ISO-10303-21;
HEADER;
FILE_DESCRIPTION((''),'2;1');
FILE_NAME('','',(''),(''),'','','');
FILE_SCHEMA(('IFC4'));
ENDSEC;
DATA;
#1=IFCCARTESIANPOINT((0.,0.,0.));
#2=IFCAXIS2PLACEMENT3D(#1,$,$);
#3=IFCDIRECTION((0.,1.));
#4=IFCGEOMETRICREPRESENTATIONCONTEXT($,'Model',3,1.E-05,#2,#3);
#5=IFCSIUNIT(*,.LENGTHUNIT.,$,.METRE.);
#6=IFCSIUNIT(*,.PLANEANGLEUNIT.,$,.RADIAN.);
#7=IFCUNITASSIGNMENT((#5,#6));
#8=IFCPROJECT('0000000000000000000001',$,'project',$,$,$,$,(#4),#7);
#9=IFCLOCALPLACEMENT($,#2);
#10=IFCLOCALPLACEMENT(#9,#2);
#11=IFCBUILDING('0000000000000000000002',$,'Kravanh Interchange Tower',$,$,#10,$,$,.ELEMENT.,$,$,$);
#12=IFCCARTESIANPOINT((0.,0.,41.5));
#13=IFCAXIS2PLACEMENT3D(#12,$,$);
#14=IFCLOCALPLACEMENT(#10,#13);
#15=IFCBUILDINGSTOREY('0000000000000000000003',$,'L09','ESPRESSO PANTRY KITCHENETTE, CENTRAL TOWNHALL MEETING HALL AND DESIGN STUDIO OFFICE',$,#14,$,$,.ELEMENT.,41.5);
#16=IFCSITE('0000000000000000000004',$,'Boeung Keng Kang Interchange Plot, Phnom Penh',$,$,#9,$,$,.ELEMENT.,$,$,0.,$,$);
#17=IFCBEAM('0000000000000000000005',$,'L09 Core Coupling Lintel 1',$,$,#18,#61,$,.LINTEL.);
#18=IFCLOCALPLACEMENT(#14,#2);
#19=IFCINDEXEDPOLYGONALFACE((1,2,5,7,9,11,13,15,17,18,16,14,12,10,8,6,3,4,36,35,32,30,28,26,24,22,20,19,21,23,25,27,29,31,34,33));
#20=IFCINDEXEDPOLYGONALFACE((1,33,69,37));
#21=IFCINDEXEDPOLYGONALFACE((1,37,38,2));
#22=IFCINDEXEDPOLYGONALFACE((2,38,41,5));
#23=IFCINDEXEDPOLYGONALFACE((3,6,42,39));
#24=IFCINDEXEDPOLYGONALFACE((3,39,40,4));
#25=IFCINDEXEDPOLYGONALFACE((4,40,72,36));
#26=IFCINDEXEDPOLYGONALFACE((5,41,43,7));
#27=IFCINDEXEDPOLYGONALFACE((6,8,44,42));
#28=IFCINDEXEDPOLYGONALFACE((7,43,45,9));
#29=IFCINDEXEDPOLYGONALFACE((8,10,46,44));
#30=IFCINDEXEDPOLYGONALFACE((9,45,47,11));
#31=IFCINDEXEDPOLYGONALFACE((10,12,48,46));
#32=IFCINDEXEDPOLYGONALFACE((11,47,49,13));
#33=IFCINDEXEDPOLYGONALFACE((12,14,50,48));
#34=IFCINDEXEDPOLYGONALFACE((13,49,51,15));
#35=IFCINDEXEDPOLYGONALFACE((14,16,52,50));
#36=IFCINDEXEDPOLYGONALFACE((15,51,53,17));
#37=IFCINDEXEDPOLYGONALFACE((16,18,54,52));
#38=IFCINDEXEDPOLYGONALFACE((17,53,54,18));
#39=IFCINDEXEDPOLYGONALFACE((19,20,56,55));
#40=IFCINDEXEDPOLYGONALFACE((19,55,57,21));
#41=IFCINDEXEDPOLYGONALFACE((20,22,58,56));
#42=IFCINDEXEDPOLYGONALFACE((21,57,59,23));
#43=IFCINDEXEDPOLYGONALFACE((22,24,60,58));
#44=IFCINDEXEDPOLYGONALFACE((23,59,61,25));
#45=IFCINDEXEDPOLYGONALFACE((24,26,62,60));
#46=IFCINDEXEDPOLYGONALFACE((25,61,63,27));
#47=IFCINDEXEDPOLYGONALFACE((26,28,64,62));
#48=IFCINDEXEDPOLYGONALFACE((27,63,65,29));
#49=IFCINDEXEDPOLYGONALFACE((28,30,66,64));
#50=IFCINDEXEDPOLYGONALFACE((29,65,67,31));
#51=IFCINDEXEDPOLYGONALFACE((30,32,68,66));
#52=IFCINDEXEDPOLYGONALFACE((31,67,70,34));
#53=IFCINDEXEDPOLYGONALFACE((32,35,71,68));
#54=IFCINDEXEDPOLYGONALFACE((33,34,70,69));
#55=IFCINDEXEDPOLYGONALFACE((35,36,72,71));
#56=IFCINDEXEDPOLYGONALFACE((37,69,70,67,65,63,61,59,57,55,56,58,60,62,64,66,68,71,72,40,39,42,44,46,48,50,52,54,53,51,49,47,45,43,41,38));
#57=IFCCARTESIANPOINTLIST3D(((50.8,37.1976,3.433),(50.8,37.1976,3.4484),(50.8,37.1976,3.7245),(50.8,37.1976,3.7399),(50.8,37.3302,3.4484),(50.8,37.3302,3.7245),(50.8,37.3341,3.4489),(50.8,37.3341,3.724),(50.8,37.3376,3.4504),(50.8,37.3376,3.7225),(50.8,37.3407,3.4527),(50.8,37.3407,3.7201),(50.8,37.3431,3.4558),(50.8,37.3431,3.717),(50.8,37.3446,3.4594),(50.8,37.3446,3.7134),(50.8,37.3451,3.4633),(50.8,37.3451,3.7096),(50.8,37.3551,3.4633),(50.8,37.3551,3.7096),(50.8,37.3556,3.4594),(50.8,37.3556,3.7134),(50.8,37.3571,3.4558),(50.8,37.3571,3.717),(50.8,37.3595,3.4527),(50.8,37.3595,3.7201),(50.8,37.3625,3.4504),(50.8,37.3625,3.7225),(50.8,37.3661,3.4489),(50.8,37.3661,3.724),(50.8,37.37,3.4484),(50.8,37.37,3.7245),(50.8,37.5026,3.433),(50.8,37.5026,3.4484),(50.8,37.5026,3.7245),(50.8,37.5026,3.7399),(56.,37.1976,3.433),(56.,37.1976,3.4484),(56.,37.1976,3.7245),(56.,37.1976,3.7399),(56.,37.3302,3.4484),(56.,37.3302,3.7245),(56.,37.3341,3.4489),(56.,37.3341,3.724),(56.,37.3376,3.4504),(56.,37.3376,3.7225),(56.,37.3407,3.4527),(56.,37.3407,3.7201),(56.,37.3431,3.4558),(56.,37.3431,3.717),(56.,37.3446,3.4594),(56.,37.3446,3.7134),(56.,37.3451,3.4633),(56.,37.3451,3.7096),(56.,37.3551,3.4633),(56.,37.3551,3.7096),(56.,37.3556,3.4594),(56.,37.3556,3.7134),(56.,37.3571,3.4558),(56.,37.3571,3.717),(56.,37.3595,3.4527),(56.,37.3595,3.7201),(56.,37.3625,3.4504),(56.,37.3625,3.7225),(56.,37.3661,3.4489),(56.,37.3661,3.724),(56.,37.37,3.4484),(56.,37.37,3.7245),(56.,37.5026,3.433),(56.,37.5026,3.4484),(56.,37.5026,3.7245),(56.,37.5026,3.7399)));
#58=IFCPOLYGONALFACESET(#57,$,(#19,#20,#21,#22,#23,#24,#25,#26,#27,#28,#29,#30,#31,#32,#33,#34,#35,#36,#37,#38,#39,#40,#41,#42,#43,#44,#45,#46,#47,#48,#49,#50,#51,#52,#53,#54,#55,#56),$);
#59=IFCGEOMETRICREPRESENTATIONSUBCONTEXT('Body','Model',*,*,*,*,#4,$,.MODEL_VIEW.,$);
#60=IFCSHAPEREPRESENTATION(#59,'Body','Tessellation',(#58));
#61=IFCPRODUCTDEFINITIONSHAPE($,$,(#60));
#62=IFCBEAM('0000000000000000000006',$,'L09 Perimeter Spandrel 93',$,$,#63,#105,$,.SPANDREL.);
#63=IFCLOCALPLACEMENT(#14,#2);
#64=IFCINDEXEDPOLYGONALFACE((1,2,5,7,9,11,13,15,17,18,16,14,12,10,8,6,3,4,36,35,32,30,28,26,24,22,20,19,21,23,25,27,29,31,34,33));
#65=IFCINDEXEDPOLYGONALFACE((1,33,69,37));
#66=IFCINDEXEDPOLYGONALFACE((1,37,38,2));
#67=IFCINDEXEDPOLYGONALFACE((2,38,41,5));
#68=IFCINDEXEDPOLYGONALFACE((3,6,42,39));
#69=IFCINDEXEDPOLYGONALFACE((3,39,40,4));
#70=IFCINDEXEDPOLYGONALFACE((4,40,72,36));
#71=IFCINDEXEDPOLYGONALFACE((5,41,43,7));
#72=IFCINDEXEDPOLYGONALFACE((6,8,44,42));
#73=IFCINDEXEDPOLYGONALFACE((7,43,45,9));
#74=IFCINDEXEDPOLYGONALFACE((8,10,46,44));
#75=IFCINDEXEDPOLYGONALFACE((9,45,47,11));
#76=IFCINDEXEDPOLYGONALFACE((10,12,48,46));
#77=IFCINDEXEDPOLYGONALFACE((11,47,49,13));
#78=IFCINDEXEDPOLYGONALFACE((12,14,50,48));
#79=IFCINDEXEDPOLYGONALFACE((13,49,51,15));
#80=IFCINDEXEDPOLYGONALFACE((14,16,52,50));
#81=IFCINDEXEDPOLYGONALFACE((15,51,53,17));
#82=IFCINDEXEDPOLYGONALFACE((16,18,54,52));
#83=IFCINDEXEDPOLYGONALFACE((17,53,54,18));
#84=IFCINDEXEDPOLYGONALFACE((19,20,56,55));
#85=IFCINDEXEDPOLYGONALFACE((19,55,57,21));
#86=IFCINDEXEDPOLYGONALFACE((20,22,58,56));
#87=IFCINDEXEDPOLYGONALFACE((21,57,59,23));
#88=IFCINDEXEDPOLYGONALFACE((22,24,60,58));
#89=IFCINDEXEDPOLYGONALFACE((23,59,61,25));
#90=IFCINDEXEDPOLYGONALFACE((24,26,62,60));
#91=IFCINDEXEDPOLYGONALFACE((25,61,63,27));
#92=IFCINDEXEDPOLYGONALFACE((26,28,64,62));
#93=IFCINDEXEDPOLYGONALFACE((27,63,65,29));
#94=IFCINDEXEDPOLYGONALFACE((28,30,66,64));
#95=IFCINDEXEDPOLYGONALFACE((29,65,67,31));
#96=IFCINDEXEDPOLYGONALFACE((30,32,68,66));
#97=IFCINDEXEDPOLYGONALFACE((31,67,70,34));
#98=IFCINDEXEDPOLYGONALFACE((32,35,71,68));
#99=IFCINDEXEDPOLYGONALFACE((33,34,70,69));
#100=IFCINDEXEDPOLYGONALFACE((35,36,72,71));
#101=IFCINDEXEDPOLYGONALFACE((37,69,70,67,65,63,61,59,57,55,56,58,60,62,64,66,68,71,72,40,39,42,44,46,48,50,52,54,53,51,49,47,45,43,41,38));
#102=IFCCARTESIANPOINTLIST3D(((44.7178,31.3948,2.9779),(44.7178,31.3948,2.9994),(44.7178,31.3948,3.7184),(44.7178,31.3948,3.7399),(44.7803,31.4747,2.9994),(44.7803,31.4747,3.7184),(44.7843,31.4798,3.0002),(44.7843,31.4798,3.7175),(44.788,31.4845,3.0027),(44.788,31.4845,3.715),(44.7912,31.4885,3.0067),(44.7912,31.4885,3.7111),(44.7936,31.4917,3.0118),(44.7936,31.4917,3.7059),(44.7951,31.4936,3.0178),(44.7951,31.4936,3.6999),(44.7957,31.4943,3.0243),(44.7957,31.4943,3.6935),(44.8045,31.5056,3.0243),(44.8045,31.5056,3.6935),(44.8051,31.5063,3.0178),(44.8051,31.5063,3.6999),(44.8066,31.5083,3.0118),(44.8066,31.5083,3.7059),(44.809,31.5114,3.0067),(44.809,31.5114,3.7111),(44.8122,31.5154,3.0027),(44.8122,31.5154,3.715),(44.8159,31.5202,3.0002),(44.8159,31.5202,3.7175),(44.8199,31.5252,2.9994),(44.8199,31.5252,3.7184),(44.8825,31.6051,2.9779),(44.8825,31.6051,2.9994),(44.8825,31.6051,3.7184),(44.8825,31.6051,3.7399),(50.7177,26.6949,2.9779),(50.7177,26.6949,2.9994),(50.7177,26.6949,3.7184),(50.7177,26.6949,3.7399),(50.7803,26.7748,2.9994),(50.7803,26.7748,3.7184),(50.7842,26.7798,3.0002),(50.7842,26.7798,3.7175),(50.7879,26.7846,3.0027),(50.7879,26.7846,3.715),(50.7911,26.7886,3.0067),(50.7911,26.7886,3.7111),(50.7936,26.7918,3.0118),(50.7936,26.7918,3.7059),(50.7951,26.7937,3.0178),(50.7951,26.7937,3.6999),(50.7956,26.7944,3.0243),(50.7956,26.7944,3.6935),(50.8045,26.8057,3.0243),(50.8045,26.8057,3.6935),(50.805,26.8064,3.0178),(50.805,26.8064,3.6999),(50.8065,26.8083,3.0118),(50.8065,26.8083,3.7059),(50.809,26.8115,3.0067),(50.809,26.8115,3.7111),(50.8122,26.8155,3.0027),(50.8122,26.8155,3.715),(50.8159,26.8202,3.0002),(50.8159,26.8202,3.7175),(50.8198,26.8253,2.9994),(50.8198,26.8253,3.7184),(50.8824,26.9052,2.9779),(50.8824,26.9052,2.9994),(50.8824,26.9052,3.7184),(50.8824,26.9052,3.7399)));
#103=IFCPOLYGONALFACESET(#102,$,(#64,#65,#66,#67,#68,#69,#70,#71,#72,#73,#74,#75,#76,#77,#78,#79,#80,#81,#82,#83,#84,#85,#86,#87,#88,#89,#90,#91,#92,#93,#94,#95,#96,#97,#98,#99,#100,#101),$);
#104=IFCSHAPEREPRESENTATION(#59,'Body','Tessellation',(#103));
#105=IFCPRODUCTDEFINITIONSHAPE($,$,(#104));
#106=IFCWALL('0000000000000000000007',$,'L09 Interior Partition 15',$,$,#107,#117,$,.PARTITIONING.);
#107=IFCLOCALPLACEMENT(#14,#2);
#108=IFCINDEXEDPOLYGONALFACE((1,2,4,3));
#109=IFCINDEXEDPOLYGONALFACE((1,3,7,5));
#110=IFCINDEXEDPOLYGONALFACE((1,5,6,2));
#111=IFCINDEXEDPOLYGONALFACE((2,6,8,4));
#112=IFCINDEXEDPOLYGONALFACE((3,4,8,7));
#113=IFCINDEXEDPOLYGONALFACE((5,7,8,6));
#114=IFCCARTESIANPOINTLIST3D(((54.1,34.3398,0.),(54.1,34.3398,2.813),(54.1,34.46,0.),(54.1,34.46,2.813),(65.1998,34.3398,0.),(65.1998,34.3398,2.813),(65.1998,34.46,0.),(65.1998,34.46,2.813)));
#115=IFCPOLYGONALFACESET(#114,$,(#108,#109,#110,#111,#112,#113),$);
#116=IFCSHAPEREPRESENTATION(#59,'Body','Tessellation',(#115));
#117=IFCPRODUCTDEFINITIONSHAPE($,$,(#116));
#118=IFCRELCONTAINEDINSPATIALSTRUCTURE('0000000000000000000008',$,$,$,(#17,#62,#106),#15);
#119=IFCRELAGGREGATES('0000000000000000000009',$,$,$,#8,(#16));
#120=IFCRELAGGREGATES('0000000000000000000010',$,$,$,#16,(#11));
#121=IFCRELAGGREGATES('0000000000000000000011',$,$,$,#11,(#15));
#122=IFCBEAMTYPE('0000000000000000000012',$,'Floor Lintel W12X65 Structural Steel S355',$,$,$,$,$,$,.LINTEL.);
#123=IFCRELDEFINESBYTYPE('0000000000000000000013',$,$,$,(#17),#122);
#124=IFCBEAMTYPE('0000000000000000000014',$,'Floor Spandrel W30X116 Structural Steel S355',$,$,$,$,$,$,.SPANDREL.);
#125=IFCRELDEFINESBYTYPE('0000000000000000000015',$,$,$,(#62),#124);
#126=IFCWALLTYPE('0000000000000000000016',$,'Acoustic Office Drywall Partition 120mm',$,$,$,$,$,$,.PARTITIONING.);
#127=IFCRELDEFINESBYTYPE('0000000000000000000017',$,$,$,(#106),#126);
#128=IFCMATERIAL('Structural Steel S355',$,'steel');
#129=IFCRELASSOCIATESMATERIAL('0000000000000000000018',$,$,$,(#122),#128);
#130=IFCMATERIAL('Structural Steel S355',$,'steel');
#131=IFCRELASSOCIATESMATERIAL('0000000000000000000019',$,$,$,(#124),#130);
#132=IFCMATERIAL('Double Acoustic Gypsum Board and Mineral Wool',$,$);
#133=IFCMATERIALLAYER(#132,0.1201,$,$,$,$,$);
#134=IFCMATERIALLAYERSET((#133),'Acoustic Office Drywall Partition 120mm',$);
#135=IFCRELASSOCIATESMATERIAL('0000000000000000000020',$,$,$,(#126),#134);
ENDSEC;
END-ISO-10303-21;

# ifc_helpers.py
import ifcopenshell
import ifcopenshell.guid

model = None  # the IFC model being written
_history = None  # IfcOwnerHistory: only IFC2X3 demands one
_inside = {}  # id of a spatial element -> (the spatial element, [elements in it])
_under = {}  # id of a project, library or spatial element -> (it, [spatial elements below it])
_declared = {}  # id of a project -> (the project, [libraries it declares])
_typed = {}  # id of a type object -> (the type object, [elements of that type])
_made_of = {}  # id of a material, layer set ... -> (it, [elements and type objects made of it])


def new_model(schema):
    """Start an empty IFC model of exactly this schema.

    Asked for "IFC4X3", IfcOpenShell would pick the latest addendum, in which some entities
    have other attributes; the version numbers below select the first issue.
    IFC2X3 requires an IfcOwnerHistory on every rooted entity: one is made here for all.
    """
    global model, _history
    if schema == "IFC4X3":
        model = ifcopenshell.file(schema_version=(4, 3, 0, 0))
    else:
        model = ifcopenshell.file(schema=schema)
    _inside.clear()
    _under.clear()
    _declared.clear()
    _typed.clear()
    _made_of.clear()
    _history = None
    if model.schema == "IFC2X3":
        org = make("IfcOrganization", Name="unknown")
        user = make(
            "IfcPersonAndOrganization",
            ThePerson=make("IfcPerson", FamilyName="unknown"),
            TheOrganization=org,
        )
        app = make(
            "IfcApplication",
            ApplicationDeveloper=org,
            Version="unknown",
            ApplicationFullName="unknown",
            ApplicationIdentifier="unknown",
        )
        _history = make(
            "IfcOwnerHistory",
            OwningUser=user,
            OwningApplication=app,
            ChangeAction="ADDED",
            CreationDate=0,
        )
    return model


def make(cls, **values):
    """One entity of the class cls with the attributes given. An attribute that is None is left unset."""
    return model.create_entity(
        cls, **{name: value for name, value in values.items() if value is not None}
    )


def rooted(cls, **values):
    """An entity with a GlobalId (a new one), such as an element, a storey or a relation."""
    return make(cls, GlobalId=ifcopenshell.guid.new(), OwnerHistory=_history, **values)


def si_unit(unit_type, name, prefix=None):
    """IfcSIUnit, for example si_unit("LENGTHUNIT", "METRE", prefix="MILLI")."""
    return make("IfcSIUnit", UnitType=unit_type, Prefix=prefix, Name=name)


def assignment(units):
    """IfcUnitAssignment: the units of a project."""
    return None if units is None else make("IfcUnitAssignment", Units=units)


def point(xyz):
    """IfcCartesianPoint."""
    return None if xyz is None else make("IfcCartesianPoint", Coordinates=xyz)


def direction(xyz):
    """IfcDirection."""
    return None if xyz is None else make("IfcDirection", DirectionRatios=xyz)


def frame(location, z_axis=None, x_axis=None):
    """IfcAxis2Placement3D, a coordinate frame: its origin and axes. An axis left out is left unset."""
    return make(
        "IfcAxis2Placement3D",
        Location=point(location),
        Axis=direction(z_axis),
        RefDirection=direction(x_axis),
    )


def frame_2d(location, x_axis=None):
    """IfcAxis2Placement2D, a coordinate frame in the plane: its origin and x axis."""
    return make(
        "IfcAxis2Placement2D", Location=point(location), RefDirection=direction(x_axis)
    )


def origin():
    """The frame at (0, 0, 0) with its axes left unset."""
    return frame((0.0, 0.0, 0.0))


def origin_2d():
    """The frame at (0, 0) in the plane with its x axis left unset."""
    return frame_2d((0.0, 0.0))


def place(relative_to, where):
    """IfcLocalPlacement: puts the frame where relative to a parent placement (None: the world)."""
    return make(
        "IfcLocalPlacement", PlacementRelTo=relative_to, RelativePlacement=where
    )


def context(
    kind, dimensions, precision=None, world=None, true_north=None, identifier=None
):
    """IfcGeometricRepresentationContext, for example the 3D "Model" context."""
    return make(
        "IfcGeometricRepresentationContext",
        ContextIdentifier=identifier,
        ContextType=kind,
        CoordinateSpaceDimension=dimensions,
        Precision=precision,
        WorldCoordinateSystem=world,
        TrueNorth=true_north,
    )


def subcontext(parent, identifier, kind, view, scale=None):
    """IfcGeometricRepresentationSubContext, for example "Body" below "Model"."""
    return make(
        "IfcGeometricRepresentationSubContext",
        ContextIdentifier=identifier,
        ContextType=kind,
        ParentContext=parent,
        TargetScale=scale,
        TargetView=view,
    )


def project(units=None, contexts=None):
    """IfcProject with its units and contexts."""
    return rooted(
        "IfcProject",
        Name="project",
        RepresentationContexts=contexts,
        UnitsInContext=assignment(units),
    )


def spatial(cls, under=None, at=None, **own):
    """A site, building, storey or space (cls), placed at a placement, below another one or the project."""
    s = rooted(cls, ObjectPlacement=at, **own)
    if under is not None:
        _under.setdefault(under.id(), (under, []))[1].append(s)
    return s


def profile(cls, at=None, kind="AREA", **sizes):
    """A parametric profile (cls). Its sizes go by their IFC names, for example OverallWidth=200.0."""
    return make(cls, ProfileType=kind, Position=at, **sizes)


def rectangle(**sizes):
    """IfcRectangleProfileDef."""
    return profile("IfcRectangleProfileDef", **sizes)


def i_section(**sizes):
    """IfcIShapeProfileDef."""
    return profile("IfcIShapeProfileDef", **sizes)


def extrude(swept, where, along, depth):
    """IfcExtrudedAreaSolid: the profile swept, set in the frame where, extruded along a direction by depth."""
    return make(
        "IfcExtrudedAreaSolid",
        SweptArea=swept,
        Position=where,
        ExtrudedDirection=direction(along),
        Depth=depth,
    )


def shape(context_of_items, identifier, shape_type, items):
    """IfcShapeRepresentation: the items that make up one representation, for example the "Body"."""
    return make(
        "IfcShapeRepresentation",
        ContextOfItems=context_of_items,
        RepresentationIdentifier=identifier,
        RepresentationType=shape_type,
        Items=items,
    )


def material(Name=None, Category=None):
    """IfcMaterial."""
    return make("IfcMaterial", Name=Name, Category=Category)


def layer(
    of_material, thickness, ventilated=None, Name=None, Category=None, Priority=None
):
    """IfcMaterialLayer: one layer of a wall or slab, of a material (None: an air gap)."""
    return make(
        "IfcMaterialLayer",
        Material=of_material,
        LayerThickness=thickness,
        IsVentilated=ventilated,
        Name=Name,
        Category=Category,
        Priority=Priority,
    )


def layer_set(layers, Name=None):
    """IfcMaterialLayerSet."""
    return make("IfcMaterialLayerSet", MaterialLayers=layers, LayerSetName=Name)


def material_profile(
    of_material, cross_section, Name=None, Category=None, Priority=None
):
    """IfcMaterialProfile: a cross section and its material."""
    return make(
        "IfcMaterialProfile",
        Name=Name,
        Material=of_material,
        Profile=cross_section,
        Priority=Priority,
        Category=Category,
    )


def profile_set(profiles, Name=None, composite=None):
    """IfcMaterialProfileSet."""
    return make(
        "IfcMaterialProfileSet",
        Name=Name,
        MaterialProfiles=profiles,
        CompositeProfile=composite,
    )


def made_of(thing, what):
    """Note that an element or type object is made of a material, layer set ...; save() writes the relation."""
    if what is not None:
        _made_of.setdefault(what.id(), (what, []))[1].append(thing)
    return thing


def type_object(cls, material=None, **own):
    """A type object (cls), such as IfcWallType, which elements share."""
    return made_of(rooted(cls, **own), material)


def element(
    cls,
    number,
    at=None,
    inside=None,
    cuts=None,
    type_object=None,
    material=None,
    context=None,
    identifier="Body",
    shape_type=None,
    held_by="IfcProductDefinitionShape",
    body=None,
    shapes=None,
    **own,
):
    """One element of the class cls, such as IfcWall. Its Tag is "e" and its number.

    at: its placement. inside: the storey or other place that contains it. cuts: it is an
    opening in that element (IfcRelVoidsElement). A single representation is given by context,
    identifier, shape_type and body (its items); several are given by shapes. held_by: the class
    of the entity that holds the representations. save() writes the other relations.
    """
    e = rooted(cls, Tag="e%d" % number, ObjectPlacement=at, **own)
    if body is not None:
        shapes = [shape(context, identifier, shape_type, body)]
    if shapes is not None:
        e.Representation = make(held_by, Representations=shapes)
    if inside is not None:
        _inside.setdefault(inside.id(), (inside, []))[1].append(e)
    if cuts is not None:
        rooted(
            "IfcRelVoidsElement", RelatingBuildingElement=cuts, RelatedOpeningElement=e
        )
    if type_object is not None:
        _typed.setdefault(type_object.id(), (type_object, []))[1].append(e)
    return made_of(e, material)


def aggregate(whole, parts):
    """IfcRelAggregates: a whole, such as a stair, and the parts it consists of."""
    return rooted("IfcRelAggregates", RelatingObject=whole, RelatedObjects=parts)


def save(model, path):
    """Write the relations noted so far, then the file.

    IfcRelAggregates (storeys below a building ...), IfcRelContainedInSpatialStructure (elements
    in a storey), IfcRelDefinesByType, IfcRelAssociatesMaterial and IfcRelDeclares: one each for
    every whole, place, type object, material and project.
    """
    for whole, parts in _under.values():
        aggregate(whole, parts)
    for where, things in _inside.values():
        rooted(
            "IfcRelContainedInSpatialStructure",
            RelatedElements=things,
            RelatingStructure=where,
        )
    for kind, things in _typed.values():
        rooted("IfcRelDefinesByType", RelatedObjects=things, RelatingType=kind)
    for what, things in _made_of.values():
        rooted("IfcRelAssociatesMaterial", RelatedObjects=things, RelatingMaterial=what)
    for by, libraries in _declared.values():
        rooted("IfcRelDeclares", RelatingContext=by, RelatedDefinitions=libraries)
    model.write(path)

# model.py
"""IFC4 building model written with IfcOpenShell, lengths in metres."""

from ifc_helpers import new_model, si_unit, direction, frame, frame_2d, origin, origin_2d, place, context, subcontext, project, spatial, rectangle, i_section, extrude, material, layer, layer_set, material_profile, profile_set, type_object, element, save


model = new_model("IFC4")

# Units and contexts
model_context = context("Model", 3, precision=1e-05, world=origin(), true_north=direction((0.0, 1.0)))
body_context = subcontext(model_context, "Body", "Model", "MODEL_VIEW")
ifc_project = project(units=[si_unit("LENGTHUNIT", "METRE"), si_unit("PLANEANGLEUNIT", "RADIAN")], contexts=[model_context])

# Site, building, storey
site_placement = place(None, origin())
site = spatial("IfcSite", under=ifc_project, at=site_placement, Name="Boeung Keng Kang Interchange Plot, Phnom Penh", CompositionType="ELEMENT", RefElevation=0.0)
building_placement = place(site_placement, origin())
building = spatial("IfcBuilding", under=site, at=building_placement, Name="Kravanh Interchange Tower", CompositionType="ELEMENT")
storey_placement = place(building_placement, frame((0.0, 0.0, 41.5)))
storey = spatial("IfcBuildingStorey", under=building, at=storey_placement, Name="L09", Description="ESPRESSO PANTRY KITCHENETTE, CENTRAL TOWNHALL MEETING HALL AND DESIGN STUDIO OFFICE", CompositionType="ELEMENT", Elevation=41.5)

# Beams
ifc_material_1 = material(Name="Structural Steel S355", Category="steel")
ifc_material_profile_1 = material_profile(ifc_material_1, i_section(OverallWidth=0.3049, OverallDepth=0.3069, WebThickness=0.01, FlangeThickness=0.0154, FilletRadius=0.0149, at=origin_2d()), Name="W12X65")
ifc_profile_set_1 = profile_set([ifc_material_profile_1], Name="Structural Steel S355")
beam_type_1 = type_object("IfcBeamType", Name="Floor Lintel W12X65 Structural Steel S355", PredefinedType="LINTEL", material=ifc_profile_set_1)
beam_1_placement = place(storey_placement, frame((50.8, 37.3501, 3.5864), z_axis=(1.0, 0.0, 0.0), x_axis=(0.0, 1.0, 0.0)))
element("IfcBeam", 1, at=beam_1_placement, inside=storey, type_object=beam_type_1, Name="L09 Core Coupling Lintel 1", PredefinedType="LINTEL", context=body_context, shape_type="SweptSolid", body=[
    extrude(i_section(OverallWidth=0.3049, OverallDepth=0.3069, WebThickness=0.01, FlangeThickness=0.0154, FilletRadius=0.0149, at=origin_2d()), origin(), (0.0, 0.0, 1.0), 5.2),
])
ifc_material_2 = material(Name="Structural Steel S355", Category="steel")
ifc_material_profile_2 = material_profile(ifc_material_2, i_section(OverallWidth=0.2671, OverallDepth=0.762, WebThickness=0.0144, FlangeThickness=0.0215, FilletRadius=0.0249, at=origin_2d()), Name="W30X116")
ifc_profile_set_2 = profile_set([ifc_material_profile_2], Name="Structural Steel S355")
beam_type_2 = type_object("IfcBeamType", Name="Floor Spandrel W30X116 Structural Steel S355", PredefinedType="SPANDREL", material=ifc_profile_set_2)
beam_2_placement = place(storey_placement, frame((50.8, 26.8, 3.3589), z_axis=(-0.787231, 0.616658, 0.0), x_axis=(-0.616658, -0.787231, 0.0)))
element("IfcBeam", 2, at=beam_2_placement, inside=storey, type_object=beam_type_2, Name="L09 Perimeter Spandrel 93", PredefinedType="SPANDREL", context=body_context, shape_type="SweptSolid", body=[
    extrude(i_section(OverallWidth=0.2671, OverallDepth=0.762, WebThickness=0.0144, FlangeThickness=0.0215, FilletRadius=0.0249, at=origin_2d()), origin(), (0.0, 0.0, 1.0), 7.6216),
])

# Wall
ifc_material_3 = material(Name="Double Acoustic Gypsum Board and Mineral Wool")
ifc_layer_1 = layer(ifc_material_3, 0.1201)
ifc_layer_set_1 = layer_set([ifc_layer_1], Name="Acoustic Office Drywall Partition 120mm")
wall_type_1 = type_object("IfcWallType", Name="Acoustic Office Drywall Partition 120mm", PredefinedType="PARTITIONING", material=ifc_layer_set_1)
wall_1_placement = place(storey_placement, frame((54.1001, 34.3999, 0.0), z_axis=(0.0, 0.0, 1.0), x_axis=(1.0, 0.0, 0.0)))
element("IfcWall", 3, at=wall_1_placement, inside=storey, type_object=wall_type_1, Name="L09 Interior Partition 15", PredefinedType="PARTITIONING", context=body_context, shape_type="SweptSolid", body=[
    extrude(rectangle(XDim=11.0999, YDim=0.1201, at=frame_2d((5.5498, 0.0))), origin(), (0.0, 0.0, 1.0), 2.813),
])

save(model, "model.ifc")
